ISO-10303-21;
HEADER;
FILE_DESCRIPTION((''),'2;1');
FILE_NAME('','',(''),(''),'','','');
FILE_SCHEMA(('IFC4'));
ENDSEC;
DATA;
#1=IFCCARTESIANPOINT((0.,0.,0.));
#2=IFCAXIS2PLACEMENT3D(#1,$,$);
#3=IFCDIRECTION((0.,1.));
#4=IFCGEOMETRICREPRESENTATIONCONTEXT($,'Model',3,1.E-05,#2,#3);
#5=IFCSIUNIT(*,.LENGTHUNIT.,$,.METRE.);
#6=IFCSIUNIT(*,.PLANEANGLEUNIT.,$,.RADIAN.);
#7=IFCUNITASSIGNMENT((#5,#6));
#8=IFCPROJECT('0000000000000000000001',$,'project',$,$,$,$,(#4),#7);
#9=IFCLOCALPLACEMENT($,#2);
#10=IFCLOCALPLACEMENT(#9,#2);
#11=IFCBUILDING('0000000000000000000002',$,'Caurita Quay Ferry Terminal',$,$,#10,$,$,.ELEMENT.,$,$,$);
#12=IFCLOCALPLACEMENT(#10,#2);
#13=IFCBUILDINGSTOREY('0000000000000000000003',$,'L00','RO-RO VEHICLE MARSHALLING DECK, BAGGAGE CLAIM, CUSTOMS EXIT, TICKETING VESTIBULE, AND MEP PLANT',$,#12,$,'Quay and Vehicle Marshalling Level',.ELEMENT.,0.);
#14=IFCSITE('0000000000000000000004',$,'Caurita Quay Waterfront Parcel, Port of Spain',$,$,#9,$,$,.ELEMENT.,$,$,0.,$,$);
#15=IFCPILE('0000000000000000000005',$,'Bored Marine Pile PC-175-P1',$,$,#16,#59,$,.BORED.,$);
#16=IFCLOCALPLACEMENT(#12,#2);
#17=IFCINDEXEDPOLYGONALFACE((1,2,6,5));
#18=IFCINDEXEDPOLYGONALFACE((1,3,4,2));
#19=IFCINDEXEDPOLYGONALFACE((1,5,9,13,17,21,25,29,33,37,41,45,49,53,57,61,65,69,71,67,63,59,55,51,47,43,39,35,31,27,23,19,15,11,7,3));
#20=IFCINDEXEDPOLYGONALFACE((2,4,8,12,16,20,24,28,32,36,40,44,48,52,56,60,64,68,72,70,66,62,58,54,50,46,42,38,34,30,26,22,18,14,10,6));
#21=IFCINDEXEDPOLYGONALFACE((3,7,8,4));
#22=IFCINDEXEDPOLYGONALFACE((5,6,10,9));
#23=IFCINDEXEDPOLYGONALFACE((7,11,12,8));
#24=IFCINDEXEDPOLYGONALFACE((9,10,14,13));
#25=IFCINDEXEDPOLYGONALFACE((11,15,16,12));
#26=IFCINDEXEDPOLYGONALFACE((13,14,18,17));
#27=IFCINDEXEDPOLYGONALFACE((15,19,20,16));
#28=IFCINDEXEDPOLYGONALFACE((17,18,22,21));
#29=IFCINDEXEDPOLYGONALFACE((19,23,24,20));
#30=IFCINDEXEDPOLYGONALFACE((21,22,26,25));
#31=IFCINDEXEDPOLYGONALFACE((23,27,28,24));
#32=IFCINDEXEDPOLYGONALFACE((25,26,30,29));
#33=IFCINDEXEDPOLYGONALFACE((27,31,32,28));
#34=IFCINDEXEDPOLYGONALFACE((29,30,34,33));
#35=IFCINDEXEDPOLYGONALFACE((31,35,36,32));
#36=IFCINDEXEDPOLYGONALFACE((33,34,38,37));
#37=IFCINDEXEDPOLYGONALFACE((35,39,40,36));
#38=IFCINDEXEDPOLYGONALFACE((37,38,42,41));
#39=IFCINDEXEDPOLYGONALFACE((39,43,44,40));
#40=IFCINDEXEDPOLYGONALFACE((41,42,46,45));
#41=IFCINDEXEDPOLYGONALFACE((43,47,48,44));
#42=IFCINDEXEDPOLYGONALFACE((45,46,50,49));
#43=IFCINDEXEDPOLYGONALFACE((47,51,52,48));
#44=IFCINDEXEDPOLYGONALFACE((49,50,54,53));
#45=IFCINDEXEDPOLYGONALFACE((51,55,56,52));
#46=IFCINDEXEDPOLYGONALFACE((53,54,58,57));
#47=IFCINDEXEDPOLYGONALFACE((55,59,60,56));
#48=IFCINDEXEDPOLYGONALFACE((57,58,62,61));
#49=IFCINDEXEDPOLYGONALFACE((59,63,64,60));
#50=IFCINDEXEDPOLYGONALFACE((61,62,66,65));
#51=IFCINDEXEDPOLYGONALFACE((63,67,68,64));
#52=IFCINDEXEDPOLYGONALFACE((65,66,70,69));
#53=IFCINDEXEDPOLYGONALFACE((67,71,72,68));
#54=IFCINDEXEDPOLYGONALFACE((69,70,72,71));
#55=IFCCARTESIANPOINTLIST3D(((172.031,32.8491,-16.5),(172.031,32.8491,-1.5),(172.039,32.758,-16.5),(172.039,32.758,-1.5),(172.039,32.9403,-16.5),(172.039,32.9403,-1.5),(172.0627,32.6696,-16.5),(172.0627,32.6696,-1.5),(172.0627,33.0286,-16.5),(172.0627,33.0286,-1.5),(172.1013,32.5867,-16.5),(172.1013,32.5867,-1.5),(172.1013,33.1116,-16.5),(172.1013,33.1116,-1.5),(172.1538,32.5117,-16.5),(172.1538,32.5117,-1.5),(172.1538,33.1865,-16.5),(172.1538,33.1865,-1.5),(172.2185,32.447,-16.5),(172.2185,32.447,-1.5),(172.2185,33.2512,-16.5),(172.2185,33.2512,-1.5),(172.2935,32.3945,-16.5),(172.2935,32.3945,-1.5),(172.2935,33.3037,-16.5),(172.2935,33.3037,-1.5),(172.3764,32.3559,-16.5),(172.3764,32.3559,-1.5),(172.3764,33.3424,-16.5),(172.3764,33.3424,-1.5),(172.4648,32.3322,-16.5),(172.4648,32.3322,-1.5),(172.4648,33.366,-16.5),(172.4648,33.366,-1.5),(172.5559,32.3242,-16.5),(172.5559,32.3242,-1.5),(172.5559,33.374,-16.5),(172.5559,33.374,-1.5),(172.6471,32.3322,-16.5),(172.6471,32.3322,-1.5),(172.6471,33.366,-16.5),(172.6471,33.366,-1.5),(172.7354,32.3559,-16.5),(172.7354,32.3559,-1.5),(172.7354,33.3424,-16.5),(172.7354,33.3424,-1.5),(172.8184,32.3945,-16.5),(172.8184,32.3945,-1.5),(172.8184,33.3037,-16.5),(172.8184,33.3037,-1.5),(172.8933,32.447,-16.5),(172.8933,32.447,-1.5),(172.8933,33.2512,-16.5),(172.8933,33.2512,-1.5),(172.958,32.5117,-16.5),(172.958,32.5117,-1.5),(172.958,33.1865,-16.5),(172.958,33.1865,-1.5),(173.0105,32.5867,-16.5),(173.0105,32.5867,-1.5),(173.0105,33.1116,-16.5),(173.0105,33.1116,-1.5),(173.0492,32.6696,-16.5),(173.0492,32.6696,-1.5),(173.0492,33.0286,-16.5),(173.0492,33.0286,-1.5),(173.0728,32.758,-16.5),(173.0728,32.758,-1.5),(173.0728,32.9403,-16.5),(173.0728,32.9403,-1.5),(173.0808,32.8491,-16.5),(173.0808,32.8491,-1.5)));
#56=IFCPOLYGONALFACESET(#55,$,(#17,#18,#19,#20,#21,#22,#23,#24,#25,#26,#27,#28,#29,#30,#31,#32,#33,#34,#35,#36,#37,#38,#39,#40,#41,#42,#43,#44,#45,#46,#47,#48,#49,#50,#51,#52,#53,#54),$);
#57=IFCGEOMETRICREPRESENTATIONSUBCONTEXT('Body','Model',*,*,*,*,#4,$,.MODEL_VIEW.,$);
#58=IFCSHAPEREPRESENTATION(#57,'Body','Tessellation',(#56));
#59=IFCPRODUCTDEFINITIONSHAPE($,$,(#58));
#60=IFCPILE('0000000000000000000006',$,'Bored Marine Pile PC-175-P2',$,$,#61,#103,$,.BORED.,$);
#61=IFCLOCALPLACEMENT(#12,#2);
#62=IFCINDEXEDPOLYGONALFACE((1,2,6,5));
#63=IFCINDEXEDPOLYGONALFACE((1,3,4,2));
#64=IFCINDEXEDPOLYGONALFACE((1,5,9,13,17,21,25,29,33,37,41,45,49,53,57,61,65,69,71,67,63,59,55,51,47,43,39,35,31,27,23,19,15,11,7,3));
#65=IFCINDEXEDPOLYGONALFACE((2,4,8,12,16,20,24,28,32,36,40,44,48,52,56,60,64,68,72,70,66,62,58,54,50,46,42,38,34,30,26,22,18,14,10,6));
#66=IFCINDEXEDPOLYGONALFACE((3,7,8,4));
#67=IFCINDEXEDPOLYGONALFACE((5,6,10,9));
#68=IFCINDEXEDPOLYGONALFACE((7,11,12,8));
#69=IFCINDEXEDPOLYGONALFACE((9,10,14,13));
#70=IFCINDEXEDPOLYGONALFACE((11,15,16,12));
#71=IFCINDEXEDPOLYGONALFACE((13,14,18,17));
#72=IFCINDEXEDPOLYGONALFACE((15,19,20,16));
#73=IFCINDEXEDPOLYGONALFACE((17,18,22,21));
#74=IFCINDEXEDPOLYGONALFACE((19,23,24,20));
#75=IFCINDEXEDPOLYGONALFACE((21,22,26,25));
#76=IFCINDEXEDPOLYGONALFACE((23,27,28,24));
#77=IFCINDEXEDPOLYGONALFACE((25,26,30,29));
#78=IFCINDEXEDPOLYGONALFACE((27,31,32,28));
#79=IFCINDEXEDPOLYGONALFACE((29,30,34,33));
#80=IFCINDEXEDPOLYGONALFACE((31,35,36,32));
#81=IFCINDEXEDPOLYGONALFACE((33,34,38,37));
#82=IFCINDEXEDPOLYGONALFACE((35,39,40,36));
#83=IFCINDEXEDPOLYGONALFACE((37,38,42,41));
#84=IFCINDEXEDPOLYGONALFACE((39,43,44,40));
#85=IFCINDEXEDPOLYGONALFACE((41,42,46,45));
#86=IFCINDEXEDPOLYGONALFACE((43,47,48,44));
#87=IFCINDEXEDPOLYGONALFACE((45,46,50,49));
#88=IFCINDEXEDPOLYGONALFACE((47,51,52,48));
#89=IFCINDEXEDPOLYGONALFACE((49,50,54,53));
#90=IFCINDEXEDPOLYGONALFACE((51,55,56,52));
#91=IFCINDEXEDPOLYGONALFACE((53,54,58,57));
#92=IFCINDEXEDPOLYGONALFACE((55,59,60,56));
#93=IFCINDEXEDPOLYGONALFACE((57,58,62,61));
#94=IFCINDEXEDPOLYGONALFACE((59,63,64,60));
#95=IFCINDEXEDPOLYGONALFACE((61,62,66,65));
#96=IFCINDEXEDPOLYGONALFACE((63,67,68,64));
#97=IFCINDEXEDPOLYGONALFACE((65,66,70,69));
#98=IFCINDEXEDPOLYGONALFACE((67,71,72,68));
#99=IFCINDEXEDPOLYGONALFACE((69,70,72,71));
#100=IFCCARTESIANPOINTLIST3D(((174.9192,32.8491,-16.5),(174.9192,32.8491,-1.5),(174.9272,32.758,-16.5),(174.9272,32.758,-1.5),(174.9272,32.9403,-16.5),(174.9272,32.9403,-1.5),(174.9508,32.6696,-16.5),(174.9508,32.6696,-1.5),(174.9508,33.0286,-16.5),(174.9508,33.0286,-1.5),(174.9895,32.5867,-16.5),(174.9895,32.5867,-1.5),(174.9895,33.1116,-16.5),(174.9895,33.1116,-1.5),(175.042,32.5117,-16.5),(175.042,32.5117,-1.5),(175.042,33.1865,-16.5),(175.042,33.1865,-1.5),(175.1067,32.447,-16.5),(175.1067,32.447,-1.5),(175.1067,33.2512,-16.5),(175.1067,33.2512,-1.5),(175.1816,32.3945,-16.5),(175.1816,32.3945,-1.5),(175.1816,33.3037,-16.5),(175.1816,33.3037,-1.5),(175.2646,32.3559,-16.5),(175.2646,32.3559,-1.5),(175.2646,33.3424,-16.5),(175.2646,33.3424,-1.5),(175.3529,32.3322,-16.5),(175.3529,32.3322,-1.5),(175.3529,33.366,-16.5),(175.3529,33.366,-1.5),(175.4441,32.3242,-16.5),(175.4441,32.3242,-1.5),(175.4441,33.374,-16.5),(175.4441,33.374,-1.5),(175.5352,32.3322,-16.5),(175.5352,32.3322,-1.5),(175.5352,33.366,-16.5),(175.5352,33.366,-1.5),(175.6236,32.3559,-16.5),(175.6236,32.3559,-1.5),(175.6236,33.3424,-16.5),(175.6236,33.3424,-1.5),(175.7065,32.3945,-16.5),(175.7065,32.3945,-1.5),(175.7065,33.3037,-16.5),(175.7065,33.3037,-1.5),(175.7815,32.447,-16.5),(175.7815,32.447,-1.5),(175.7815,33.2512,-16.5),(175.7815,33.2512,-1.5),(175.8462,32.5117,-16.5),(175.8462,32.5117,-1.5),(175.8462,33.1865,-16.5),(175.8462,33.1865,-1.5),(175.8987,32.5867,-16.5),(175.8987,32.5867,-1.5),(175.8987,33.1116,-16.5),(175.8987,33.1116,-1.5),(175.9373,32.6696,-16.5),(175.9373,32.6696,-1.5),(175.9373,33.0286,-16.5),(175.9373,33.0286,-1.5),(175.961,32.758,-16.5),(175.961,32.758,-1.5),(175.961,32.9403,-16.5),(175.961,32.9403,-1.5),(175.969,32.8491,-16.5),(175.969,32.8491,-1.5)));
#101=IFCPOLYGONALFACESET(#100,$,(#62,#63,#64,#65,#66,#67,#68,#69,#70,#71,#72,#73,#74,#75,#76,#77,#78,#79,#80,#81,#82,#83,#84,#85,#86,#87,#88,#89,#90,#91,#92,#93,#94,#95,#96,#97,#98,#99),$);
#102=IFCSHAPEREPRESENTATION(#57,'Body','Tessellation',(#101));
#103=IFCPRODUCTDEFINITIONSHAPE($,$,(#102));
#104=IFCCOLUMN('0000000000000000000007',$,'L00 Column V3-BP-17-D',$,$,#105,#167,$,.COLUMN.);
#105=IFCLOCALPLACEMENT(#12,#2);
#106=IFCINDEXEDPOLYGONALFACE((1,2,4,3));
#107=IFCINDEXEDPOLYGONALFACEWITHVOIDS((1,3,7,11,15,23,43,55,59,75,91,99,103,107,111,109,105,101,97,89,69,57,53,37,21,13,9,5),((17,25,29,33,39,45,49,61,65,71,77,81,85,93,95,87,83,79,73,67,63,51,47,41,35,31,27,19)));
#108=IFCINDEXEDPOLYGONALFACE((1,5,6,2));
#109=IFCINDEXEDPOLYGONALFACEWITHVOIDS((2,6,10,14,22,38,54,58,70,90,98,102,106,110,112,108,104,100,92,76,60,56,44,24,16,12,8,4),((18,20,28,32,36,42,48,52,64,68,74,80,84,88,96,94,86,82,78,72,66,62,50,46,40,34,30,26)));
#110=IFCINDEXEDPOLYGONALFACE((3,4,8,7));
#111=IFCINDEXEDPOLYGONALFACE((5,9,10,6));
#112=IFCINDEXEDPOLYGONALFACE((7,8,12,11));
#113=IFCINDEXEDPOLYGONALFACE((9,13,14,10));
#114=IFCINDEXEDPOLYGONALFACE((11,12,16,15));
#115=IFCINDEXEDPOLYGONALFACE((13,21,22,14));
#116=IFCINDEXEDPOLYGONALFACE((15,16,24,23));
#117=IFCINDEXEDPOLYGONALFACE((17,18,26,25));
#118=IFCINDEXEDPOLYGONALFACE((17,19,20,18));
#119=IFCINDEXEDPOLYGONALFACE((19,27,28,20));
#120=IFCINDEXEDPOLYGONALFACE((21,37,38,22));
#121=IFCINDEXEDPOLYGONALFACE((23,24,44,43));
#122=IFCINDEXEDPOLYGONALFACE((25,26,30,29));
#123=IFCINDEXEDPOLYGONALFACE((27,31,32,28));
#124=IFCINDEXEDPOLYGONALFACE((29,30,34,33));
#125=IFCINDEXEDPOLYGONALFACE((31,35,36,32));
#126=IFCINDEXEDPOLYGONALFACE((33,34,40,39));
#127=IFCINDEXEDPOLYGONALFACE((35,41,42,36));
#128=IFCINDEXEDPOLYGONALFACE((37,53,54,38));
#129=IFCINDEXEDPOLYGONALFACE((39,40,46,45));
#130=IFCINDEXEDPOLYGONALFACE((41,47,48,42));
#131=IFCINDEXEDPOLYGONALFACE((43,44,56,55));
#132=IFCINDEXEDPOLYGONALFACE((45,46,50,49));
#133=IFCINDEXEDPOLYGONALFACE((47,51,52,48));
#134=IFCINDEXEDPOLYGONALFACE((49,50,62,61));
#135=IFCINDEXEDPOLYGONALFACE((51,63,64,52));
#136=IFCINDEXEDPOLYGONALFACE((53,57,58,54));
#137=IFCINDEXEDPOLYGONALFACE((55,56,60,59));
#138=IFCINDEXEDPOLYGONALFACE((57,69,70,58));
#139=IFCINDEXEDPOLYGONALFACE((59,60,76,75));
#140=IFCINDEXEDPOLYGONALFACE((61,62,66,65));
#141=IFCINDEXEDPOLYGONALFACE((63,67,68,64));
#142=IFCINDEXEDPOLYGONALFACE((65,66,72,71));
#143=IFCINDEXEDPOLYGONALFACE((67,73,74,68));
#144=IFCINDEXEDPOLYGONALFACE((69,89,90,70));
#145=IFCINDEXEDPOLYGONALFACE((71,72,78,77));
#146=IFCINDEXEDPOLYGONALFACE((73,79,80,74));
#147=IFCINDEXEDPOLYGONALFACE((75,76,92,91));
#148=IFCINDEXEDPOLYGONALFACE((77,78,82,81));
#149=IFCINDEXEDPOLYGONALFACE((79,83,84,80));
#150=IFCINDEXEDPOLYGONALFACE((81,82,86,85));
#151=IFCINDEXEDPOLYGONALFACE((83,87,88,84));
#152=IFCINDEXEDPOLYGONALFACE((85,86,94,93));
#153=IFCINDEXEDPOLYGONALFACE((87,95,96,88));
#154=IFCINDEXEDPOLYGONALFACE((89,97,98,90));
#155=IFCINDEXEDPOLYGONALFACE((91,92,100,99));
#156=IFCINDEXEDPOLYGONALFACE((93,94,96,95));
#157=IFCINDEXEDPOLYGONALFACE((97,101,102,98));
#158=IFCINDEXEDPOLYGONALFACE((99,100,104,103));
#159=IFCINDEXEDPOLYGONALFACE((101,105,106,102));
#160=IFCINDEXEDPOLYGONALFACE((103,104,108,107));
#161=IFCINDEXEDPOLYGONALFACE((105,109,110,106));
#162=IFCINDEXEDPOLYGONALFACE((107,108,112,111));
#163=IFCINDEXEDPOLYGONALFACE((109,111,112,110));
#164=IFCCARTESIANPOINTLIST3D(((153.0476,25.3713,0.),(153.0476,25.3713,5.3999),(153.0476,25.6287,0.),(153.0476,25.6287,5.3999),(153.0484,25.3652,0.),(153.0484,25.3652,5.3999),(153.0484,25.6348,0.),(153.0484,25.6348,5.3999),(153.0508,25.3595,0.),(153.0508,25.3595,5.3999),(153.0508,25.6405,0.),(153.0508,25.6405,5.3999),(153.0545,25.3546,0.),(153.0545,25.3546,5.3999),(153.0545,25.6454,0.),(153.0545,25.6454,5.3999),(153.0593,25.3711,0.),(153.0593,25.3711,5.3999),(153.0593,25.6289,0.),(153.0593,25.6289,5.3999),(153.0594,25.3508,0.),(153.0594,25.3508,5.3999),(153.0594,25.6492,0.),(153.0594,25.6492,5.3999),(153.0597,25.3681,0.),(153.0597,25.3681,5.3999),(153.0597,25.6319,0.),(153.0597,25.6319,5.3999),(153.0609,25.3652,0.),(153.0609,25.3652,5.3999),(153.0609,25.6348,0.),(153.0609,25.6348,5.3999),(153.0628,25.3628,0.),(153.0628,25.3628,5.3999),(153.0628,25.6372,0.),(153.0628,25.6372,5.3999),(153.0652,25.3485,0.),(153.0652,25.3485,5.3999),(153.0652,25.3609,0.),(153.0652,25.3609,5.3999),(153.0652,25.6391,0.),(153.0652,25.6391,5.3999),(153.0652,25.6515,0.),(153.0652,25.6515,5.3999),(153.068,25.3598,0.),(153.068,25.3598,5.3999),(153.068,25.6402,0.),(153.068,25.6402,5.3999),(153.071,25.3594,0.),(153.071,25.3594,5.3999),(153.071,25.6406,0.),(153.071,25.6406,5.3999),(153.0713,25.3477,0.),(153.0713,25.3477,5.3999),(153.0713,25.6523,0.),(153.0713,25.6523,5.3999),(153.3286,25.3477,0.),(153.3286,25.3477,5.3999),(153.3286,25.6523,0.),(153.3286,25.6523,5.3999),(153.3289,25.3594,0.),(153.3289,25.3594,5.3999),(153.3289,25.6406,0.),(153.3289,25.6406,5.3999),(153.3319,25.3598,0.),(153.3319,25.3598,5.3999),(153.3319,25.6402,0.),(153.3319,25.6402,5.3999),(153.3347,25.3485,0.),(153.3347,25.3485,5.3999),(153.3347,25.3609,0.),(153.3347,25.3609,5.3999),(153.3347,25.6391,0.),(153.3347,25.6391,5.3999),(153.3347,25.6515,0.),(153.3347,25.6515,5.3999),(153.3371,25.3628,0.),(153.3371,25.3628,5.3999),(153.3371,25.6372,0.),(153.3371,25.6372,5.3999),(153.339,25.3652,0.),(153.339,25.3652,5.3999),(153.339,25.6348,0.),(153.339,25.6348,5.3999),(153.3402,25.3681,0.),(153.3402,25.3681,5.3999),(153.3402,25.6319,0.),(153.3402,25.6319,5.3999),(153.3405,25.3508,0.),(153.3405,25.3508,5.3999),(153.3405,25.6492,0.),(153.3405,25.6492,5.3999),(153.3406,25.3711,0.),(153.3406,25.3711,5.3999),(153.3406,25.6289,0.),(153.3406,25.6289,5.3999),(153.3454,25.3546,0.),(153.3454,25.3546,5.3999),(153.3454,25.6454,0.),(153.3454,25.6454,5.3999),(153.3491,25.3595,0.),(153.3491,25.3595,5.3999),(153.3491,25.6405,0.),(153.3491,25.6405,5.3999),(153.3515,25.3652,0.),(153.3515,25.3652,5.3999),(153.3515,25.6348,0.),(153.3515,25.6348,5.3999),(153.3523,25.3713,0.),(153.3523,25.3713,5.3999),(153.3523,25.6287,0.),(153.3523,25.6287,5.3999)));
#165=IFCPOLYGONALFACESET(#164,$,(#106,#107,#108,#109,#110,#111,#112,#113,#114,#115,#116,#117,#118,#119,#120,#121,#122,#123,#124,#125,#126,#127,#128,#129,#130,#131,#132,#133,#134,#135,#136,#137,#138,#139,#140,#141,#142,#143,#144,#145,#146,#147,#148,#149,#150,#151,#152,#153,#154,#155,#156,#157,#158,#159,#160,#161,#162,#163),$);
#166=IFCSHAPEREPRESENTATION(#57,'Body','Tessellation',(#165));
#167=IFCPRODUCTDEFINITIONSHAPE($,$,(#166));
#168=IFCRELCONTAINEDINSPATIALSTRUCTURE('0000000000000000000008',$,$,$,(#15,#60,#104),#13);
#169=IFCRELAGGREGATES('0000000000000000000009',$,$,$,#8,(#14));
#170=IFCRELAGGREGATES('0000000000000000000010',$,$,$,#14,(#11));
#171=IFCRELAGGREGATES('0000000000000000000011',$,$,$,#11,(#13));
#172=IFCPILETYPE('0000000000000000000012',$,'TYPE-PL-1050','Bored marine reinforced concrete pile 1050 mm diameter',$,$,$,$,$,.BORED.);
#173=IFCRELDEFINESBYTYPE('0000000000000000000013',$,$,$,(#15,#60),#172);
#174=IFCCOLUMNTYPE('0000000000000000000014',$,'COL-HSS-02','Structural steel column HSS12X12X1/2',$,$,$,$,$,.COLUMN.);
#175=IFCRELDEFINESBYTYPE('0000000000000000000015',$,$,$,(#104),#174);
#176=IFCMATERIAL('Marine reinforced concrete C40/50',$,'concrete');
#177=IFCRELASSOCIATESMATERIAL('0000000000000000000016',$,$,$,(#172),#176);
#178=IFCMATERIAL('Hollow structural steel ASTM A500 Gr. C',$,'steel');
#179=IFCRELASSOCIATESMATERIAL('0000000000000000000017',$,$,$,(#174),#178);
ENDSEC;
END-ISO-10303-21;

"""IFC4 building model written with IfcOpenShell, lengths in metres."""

from ifc_helpers import new_model, si_unit, direction, frame, origin, origin_2d, place, context, subcontext, project, spatial, hollow_rectangle, circle, extrude, material, material_profile, profile_set, type_object, element, save


model = new_model("IFC4")

# Units and contexts
model_context = context("Model", 3, precision=1e-05, world=origin(), true_north=direction((0.0, 1.0)))
body_context = subcontext(model_context, "Body", "Model", "MODEL_VIEW")
ifc_project = project(units=[si_unit("LENGTHUNIT", "METRE"), si_unit("PLANEANGLEUNIT", "RADIAN")], contexts=[model_context])

# Site, building, storey
site_placement = place(None, origin())
site = spatial("IfcSite", under=ifc_project, at=site_placement, Name="Caurita Quay Waterfront Parcel, Port of Spain", CompositionType="ELEMENT", RefElevation=0.0)
building_placement = place(site_placement, origin())
building = spatial("IfcBuilding", under=site, at=building_placement, Name="Caurita Quay Ferry Terminal", CompositionType="ELEMENT")
storey_placement = place(building_placement, origin())
storey = spatial("IfcBuildingStorey", under=building, at=storey_placement, Name="L00", Description="RO-RO VEHICLE MARSHALLING DECK, BAGGAGE CLAIM, CUSTOMS EXIT, TICKETING VESTIBULE, AND MEP PLANT", LongName="Quay and Vehicle Marshalling Level", CompositionType="ELEMENT", Elevation=0.0)

# Piles
ifc_material_1 = material(Name="Marine reinforced concrete C40/50", Category="concrete")
ifc_material_profile_1 = material_profile(ifc_material_1, circle(Radius=0.5249, at=origin_2d()), Name="PILE-D1050")
ifc_profile_set_1 = profile_set([ifc_material_profile_1], Name="Marine reinforced concrete C40/50")
pile_type = type_object("IfcPileType", Name="TYPE-PL-1050", Description="Bored marine reinforced concrete pile 1050 mm diameter", PredefinedType="BORED", material=ifc_profile_set_1)
for number, where, z_axis, x_axis, name in (
    (1, (172.5559, 32.8491, -1.5), (0.0, 0.0, -1.0), (1.0, 0.0, 0.0), "Bored Marine Pile PC-175-P1"),
    (2, (175.4441, 32.8491, -1.5), (0.0, 0.0, -1.0), (1.0, 0.0, 0.0), "Bored Marine Pile PC-175-P2"),
):
    element("IfcPile", number, at=place(storey_placement, frame(where, z_axis=z_axis, x_axis=x_axis)), inside=storey, type_object=pile_type, Name=name, PredefinedType="BORED", context=body_context, shape_type="SweptSolid", body=[
        extrude(circle(Radius=0.5249, at=origin_2d()), origin(), (0.0, 0.0, 1.0), 15.0),
    ])

# Column
ifc_material_2 = material(Name="Hollow structural steel ASTM A500 Gr. C", Category="steel")
ifc_material_profile_2 = material_profile(ifc_material_2, hollow_rectangle(XDim=0.3047, YDim=0.3047, WallThickness=0.0117, InnerFilletRadius=0.0117, OuterFilletRadius=0.0237, at=origin_2d()), Name="HSS12X12X1/2")
ifc_profile_set_2 = profile_set([ifc_material_profile_2], Name="Hollow structural steel ASTM A500 Gr. C")
column_type_1 = type_object("IfcColumnType", Name="COL-HSS-02", Description="Structural steel column HSS12X12X1/2", PredefinedType="COLUMN", material=ifc_profile_set_2)
for number, where, z_axis, x_axis, name in (
    (3, (153.2, 25.5, 0.0), (0.0, 0.0, 1.0), (1.0, 0.0, 0.0), "L00 Column V3-BP-17-D"),
):
    element("IfcColumn", number, at=place(storey_placement, frame(where, z_axis=z_axis, x_axis=x_axis)), inside=storey, type_object=column_type_1, Name=name, PredefinedType="COLUMN", context=body_context, shape_type="SweptSolid", body=[
        extrude(hollow_rectangle(XDim=0.3047, YDim=0.3047, WallThickness=0.0117, InnerFilletRadius=0.0117, OuterFilletRadius=0.0237, at=origin_2d()), origin(), (0.0, 0.0, 1.0), 5.3999),
    ])

save(model, "model.ifc")
